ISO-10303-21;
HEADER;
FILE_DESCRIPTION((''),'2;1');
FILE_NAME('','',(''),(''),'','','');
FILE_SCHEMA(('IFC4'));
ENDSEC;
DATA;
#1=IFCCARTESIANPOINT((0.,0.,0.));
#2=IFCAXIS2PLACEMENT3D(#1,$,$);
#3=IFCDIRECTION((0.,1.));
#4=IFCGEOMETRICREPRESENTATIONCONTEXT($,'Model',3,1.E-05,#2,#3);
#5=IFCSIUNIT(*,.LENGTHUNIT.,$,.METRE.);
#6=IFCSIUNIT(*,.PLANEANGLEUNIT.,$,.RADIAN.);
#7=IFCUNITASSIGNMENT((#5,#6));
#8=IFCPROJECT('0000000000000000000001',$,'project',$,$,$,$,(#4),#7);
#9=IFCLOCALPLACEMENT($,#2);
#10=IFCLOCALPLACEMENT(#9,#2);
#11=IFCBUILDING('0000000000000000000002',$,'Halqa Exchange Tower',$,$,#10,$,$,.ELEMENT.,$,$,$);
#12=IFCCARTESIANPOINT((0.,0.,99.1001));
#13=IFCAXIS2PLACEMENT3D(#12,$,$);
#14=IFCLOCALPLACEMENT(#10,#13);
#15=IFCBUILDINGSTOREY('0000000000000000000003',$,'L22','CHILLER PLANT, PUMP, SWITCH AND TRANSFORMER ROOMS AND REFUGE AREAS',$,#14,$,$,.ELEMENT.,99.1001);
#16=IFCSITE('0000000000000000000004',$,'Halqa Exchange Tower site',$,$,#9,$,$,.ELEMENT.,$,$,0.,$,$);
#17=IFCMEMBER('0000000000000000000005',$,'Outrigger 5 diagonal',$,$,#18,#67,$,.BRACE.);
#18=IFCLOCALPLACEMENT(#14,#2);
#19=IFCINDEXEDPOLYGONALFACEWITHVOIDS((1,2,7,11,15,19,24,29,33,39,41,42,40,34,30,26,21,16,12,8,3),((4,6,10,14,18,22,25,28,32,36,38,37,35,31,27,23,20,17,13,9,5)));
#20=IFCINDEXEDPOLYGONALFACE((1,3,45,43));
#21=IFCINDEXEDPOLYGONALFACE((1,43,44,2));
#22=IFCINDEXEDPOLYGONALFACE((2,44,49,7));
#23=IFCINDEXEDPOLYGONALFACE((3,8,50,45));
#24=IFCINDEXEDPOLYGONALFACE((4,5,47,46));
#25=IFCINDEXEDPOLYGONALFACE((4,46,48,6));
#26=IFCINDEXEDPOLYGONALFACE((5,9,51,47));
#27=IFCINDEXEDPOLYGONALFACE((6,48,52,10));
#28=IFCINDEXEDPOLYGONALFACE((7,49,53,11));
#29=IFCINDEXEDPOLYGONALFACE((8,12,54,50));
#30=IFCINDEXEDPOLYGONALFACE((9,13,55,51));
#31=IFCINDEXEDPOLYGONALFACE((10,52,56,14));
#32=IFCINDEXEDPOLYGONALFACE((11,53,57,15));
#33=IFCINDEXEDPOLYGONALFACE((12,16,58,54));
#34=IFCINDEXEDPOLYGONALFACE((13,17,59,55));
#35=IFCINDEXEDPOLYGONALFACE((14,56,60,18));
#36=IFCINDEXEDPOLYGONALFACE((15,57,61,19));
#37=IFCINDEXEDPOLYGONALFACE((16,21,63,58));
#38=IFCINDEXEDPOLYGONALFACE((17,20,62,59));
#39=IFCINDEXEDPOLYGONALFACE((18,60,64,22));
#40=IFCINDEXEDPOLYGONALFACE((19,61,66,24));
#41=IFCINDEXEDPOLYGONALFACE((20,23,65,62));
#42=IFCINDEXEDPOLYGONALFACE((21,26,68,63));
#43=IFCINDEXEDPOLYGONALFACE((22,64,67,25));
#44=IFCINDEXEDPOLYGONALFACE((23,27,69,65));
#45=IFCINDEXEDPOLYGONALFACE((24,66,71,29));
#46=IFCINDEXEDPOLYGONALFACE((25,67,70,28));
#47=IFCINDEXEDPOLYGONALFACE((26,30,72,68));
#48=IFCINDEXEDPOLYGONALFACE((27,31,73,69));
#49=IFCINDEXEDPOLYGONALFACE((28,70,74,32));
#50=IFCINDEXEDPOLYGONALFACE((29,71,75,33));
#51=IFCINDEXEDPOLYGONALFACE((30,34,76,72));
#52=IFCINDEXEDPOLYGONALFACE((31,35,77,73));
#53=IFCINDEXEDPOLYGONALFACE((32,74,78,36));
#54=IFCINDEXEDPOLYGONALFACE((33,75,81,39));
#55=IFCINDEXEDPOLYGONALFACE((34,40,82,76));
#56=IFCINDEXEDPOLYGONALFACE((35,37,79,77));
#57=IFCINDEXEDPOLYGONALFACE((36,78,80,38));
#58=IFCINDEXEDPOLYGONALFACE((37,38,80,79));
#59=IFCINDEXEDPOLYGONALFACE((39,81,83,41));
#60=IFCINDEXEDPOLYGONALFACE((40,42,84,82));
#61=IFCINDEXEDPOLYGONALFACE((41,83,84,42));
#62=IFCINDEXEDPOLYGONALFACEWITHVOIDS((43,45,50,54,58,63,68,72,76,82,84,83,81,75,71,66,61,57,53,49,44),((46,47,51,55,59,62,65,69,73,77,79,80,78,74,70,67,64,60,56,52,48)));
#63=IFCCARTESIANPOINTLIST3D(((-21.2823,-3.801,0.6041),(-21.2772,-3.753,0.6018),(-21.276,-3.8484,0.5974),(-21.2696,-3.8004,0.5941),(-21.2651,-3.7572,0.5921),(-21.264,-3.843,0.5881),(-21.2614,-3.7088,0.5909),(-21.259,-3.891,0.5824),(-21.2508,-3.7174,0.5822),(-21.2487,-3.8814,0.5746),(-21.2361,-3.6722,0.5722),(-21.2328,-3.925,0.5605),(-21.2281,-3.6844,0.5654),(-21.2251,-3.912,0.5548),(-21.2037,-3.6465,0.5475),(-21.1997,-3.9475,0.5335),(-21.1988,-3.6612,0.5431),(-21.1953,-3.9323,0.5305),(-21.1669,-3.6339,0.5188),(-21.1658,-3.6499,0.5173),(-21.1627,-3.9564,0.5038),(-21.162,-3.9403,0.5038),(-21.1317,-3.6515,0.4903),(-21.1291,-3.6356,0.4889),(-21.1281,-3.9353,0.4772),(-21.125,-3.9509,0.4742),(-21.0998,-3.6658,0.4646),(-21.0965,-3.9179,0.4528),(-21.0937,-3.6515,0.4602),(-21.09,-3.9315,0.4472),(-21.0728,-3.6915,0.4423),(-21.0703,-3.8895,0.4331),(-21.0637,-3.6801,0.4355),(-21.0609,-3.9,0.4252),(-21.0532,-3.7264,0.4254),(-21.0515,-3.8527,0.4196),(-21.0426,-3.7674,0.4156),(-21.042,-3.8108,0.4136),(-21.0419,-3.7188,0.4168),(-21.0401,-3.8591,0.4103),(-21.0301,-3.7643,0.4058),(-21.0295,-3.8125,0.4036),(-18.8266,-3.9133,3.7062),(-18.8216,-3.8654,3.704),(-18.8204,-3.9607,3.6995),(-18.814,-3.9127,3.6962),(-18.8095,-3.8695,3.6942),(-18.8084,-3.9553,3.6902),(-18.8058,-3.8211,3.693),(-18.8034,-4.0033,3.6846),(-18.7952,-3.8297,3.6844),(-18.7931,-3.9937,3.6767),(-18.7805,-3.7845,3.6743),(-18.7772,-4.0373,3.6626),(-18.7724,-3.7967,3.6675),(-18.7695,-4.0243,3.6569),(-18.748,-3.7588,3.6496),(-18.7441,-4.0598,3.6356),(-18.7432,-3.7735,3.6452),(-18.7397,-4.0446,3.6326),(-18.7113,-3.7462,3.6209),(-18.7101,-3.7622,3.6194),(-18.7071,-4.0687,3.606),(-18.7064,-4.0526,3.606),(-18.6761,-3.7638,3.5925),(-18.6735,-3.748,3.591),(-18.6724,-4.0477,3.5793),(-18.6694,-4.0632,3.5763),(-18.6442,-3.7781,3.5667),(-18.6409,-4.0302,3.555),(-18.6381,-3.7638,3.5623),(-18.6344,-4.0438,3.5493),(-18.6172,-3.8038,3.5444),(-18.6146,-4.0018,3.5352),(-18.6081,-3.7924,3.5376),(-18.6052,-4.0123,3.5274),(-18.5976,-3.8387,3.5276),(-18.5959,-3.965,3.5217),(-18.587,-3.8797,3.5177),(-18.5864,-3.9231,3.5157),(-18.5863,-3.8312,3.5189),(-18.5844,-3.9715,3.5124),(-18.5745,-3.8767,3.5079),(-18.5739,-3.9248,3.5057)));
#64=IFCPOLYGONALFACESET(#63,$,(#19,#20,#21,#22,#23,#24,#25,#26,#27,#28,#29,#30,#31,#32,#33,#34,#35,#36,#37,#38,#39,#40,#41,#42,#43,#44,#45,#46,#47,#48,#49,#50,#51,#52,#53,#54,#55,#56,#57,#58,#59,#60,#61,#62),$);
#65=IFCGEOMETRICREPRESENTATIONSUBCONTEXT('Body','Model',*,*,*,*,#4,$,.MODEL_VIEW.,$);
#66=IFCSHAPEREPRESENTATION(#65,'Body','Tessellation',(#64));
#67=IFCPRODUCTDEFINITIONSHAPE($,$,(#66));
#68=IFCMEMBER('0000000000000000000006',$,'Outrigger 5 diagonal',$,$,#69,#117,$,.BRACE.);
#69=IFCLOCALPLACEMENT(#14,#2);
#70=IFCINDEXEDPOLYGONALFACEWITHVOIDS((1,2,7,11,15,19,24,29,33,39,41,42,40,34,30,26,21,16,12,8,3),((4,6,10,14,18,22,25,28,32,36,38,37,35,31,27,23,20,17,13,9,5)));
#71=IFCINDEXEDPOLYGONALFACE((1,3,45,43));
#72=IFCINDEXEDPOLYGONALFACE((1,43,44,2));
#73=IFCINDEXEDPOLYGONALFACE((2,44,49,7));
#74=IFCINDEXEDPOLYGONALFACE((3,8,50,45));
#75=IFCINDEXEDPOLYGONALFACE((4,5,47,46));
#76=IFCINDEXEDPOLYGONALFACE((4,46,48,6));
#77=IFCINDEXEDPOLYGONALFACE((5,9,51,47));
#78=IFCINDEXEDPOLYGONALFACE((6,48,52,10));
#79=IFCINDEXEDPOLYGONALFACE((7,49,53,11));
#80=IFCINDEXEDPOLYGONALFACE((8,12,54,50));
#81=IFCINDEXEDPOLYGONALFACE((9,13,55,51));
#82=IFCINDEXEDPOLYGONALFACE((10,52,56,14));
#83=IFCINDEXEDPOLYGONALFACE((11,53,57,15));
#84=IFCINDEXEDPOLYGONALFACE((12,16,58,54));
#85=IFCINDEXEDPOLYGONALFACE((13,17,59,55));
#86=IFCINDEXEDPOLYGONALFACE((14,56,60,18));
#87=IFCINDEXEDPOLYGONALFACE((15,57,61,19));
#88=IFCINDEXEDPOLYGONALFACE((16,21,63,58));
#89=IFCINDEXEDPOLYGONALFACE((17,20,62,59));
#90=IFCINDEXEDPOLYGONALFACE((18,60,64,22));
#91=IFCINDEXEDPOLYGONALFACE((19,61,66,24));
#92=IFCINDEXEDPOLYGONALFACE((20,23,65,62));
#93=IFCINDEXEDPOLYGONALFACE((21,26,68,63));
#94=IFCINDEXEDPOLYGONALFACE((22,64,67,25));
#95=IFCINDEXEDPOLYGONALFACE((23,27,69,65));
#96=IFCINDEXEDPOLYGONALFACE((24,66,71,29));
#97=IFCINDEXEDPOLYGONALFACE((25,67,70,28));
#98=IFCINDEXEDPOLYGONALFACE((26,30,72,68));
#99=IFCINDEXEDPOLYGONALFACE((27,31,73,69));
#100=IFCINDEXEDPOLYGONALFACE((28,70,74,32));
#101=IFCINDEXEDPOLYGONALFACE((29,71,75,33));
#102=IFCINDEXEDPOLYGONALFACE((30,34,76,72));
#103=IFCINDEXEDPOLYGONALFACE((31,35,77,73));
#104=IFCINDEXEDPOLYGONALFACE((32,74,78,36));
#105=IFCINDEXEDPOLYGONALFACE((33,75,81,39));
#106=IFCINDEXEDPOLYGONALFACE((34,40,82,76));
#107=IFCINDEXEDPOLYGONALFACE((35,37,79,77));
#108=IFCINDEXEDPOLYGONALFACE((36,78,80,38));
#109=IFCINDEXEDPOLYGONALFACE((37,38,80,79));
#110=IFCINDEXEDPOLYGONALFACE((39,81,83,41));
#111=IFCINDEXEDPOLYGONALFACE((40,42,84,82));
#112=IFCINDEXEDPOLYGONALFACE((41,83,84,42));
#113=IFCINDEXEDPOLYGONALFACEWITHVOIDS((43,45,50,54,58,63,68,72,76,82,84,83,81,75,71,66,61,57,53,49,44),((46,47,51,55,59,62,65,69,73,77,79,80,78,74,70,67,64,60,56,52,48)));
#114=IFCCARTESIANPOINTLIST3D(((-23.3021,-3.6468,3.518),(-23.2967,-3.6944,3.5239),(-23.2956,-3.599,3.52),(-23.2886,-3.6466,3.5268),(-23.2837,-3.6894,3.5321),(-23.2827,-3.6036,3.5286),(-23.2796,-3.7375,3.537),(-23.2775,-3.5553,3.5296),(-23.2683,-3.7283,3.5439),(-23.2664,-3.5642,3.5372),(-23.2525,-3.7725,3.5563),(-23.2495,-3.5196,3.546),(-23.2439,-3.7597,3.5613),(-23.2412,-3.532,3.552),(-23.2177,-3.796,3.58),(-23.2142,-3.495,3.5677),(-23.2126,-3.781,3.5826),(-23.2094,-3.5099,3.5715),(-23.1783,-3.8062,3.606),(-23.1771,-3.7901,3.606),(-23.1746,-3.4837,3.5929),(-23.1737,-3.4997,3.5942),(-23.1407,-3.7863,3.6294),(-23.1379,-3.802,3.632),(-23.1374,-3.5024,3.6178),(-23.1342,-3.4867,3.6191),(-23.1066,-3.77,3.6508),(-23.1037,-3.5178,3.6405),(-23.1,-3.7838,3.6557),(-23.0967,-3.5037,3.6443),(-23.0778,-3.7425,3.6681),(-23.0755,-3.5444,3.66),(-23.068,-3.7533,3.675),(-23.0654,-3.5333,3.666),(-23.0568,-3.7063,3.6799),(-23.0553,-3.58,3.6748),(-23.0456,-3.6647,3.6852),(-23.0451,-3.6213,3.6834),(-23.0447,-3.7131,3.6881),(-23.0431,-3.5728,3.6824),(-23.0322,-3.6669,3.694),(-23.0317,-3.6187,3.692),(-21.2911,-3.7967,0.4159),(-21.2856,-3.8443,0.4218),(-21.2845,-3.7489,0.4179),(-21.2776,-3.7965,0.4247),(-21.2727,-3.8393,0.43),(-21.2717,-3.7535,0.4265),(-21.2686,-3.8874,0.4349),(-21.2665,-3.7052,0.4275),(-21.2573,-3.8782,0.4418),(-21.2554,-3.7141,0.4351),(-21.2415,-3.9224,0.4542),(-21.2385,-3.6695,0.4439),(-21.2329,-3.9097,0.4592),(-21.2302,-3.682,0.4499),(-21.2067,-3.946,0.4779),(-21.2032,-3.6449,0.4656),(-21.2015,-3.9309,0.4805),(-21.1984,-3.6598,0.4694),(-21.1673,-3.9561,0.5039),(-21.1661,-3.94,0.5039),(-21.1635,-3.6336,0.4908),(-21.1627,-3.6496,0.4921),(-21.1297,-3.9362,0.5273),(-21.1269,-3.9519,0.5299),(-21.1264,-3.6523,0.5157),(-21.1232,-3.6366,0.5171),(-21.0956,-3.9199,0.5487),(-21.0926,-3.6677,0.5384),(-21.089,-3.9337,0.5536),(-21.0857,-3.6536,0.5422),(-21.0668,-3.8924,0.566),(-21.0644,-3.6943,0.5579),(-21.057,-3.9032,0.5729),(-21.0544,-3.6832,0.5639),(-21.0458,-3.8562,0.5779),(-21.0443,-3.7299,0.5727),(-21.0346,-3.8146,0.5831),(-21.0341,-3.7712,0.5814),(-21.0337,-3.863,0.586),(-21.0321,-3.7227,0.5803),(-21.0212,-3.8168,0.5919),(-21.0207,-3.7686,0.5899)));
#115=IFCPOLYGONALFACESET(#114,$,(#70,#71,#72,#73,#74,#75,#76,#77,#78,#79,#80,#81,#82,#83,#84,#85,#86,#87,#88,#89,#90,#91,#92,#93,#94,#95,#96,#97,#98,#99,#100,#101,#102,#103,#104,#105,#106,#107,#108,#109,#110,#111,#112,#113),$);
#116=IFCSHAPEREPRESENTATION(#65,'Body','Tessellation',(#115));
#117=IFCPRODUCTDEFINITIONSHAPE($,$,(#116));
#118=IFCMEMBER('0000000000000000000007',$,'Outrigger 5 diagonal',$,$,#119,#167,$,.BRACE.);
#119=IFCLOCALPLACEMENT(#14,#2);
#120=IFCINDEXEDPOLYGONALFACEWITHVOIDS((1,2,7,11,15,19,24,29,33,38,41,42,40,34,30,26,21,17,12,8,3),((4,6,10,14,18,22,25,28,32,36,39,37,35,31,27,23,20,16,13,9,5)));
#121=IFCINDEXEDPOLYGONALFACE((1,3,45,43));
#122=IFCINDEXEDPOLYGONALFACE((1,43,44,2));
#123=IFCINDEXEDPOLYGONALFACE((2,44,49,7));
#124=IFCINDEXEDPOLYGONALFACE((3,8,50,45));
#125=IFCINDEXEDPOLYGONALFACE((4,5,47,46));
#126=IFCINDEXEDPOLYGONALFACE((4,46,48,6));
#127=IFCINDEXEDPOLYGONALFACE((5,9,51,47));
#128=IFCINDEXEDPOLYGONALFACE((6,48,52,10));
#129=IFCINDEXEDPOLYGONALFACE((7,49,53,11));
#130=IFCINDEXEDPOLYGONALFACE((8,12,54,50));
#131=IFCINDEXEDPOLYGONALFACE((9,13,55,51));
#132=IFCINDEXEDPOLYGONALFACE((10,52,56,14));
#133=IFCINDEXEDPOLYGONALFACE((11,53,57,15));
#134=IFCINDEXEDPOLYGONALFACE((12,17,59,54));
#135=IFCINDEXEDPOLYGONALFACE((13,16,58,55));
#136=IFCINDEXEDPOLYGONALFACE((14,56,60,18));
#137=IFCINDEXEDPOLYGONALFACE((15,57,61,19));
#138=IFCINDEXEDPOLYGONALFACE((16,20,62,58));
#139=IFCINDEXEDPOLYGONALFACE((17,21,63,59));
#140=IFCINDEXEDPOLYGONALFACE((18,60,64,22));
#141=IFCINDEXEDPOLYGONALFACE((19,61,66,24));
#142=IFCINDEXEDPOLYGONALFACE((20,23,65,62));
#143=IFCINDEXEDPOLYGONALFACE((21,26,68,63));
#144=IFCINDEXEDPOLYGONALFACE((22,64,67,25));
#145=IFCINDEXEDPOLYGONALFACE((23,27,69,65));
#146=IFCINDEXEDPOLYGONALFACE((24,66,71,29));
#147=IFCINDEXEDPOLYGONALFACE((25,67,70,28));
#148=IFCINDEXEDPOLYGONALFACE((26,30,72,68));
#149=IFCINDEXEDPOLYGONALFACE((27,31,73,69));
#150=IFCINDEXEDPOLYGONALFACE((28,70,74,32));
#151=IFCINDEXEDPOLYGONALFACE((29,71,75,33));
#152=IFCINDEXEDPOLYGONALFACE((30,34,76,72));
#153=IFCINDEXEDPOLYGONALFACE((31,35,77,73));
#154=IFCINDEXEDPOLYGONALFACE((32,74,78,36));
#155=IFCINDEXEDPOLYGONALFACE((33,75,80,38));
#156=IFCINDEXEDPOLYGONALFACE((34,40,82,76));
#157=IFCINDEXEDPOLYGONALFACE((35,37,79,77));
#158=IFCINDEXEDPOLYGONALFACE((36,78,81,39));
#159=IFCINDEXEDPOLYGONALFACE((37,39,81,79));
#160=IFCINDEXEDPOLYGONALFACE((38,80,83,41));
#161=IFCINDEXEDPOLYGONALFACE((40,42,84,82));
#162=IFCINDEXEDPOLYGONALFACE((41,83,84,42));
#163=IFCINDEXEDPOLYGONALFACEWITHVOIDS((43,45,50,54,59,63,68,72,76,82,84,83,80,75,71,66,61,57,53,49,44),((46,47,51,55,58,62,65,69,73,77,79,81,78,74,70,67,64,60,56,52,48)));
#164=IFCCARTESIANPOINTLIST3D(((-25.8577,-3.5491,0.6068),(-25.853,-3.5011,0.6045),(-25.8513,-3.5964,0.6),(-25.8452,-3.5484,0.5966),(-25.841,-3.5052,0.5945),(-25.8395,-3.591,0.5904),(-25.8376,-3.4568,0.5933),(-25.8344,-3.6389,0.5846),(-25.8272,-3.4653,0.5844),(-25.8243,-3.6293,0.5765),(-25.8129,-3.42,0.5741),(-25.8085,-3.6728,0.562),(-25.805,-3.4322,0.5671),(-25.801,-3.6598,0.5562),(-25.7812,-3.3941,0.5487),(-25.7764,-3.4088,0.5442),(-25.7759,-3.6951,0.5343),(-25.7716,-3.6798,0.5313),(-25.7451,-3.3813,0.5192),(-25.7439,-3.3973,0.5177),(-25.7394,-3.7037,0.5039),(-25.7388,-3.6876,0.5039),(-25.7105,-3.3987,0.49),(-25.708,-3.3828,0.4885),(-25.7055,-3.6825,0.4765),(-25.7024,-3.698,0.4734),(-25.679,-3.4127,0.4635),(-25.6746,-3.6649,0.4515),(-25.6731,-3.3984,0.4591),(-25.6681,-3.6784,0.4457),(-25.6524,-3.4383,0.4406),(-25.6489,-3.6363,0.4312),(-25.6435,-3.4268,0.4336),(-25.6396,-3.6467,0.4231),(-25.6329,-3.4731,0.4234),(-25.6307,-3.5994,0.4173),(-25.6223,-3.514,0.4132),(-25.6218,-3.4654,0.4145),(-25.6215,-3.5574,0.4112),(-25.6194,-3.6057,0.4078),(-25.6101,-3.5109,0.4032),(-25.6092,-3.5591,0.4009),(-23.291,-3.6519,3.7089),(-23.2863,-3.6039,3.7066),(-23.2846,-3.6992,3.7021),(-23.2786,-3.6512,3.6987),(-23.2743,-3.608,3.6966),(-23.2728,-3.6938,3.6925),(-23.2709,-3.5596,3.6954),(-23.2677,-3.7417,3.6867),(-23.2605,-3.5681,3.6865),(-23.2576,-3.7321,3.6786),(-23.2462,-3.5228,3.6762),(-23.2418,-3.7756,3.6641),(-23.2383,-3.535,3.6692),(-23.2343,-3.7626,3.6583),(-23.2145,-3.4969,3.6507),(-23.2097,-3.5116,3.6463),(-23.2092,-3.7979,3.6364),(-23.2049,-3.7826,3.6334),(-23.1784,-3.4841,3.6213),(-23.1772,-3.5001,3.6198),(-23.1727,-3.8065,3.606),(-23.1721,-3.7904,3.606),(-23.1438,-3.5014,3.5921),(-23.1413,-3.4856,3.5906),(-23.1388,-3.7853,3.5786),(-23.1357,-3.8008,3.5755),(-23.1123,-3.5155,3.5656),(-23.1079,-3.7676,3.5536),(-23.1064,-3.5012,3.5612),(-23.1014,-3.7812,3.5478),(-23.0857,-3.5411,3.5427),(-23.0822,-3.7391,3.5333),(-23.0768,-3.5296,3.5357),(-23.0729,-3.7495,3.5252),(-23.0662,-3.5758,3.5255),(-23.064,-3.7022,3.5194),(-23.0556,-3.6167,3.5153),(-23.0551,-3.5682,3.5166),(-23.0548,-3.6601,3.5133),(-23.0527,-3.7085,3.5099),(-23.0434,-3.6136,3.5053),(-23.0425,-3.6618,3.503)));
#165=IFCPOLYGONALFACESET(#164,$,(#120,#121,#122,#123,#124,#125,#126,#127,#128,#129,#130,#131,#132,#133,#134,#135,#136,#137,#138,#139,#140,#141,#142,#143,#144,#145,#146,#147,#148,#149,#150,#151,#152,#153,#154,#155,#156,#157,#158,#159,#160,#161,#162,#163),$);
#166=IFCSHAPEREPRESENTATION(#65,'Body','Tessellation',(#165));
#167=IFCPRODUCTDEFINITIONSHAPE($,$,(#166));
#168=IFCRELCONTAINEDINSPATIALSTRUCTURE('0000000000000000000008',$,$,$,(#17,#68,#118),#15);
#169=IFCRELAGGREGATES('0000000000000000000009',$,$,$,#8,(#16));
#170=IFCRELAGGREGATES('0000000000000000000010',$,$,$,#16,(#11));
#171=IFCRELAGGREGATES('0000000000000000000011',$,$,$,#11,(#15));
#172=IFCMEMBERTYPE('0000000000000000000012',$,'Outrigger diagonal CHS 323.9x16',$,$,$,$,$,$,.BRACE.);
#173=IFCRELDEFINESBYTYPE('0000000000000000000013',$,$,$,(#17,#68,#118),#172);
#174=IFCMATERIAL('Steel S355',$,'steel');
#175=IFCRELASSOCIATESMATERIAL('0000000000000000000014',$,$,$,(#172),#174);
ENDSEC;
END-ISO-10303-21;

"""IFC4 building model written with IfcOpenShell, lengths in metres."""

from ifc_helpers import new_model, si_unit, direction, frame, origin, origin_2d, place, context, subcontext, project, spatial, hollow_circle, extrude, material, material_profile, profile_set, type_object, element, save


model = new_model("IFC4")

# Units and contexts
model_context = context("Model", 3, precision=1e-05, world=origin(), true_north=direction((0.0, 1.0)))
body_context = subcontext(model_context, "Body", "Model", "MODEL_VIEW")
ifc_project = project(units=[si_unit("LENGTHUNIT", "METRE"), si_unit("PLANEANGLEUNIT", "RADIAN")], contexts=[model_context])

# Site, building, storey
site_placement = place(None, origin())
site = spatial("IfcSite", under=ifc_project, at=site_placement, Name="Halqa Exchange Tower site", CompositionType="ELEMENT", RefElevation=0.0)
building_placement = place(site_placement, origin())
building = spatial("IfcBuilding", under=site, at=building_placement, Name="Halqa Exchange Tower", CompositionType="ELEMENT")
storey_placement = place(building_placement, frame((0.0, 0.0, 99.1001)))
storey = spatial("IfcBuildingStorey", under=building, at=storey_placement, Name="L22", Description="CHILLER PLANT, PUMP, SWITCH AND TRANSFORMER ROOMS AND REFUGE AREAS", CompositionType="ELEMENT", Elevation=99.1001)

# Members
ifc_material_1 = material(Name="Steel S355", Category="steel")
ifc_material_profile_1 = material_profile(ifc_material_1, hollow_circle(Radius=0.1619, WallThickness=0.0161, at=origin_2d()), Name="CHS 323.9x16")
ifc_profile_set_1 = profile_set([ifc_material_profile_1], Name="Steel S355")
member_type_1 = type_object("IfcMemberType", Name="Outrigger diagonal CHS 323.9x16", PredefinedType="BRACE", material=ifc_profile_set_1)
member_1_placement = place(storey_placement, frame((-18.6997, -3.907, 3.606), z_axis=(-0.620418, 0.028375, -0.783758), x_axis=(-0.045687, -0.998956, 0.0)))
element("IfcMember", 1, at=member_1_placement, inside=storey, type_object=member_type_1, Name="Outrigger 5 diagonal", PredefinedType="BRACE", context=body_context, shape_type="SweptSolid", body=[
    extrude(hollow_circle(Radius=0.1619, WallThickness=0.0161, at=origin_2d()), origin(), (0.0, 0.0, 1.0), 3.958),
])
member_2_placement = place(storey_placement, frame((-21.1553, -3.7947, 0.5039), z_axis=(-0.543525, 0.040515, 0.838415), x_axis=(-0.074335, -0.997233, 0.0)))
element("IfcMember", 2, at=member_2_placement, inside=storey, type_object=member_type_1, Name="Outrigger 5 diagonal", PredefinedType="BRACE", context=body_context, shape_type="SweptSolid", body=[
    extrude(hollow_circle(Radius=0.1619, WallThickness=0.0161, at=origin_2d()), origin(), (0.0, 0.0, 1.0), 3.7),
])
member_3_placement = place(storey_placement, frame((-23.1663, -3.6448, 3.606), z_axis=(-0.637277, 0.02552, -0.770212), x_axis=(-0.040014, -0.999199, 0.0)))
element("IfcMember", 3, at=member_3_placement, inside=storey, type_object=member_type_1, Name="Outrigger 5 diagonal", PredefinedType="BRACE", context=body_context, shape_type="SweptSolid", body=[
    extrude(hollow_circle(Radius=0.1619, WallThickness=0.0161, at=origin_2d()), origin(), (0.0, 0.0, 1.0), 4.0276),
])

save(model, "model.ifc")
